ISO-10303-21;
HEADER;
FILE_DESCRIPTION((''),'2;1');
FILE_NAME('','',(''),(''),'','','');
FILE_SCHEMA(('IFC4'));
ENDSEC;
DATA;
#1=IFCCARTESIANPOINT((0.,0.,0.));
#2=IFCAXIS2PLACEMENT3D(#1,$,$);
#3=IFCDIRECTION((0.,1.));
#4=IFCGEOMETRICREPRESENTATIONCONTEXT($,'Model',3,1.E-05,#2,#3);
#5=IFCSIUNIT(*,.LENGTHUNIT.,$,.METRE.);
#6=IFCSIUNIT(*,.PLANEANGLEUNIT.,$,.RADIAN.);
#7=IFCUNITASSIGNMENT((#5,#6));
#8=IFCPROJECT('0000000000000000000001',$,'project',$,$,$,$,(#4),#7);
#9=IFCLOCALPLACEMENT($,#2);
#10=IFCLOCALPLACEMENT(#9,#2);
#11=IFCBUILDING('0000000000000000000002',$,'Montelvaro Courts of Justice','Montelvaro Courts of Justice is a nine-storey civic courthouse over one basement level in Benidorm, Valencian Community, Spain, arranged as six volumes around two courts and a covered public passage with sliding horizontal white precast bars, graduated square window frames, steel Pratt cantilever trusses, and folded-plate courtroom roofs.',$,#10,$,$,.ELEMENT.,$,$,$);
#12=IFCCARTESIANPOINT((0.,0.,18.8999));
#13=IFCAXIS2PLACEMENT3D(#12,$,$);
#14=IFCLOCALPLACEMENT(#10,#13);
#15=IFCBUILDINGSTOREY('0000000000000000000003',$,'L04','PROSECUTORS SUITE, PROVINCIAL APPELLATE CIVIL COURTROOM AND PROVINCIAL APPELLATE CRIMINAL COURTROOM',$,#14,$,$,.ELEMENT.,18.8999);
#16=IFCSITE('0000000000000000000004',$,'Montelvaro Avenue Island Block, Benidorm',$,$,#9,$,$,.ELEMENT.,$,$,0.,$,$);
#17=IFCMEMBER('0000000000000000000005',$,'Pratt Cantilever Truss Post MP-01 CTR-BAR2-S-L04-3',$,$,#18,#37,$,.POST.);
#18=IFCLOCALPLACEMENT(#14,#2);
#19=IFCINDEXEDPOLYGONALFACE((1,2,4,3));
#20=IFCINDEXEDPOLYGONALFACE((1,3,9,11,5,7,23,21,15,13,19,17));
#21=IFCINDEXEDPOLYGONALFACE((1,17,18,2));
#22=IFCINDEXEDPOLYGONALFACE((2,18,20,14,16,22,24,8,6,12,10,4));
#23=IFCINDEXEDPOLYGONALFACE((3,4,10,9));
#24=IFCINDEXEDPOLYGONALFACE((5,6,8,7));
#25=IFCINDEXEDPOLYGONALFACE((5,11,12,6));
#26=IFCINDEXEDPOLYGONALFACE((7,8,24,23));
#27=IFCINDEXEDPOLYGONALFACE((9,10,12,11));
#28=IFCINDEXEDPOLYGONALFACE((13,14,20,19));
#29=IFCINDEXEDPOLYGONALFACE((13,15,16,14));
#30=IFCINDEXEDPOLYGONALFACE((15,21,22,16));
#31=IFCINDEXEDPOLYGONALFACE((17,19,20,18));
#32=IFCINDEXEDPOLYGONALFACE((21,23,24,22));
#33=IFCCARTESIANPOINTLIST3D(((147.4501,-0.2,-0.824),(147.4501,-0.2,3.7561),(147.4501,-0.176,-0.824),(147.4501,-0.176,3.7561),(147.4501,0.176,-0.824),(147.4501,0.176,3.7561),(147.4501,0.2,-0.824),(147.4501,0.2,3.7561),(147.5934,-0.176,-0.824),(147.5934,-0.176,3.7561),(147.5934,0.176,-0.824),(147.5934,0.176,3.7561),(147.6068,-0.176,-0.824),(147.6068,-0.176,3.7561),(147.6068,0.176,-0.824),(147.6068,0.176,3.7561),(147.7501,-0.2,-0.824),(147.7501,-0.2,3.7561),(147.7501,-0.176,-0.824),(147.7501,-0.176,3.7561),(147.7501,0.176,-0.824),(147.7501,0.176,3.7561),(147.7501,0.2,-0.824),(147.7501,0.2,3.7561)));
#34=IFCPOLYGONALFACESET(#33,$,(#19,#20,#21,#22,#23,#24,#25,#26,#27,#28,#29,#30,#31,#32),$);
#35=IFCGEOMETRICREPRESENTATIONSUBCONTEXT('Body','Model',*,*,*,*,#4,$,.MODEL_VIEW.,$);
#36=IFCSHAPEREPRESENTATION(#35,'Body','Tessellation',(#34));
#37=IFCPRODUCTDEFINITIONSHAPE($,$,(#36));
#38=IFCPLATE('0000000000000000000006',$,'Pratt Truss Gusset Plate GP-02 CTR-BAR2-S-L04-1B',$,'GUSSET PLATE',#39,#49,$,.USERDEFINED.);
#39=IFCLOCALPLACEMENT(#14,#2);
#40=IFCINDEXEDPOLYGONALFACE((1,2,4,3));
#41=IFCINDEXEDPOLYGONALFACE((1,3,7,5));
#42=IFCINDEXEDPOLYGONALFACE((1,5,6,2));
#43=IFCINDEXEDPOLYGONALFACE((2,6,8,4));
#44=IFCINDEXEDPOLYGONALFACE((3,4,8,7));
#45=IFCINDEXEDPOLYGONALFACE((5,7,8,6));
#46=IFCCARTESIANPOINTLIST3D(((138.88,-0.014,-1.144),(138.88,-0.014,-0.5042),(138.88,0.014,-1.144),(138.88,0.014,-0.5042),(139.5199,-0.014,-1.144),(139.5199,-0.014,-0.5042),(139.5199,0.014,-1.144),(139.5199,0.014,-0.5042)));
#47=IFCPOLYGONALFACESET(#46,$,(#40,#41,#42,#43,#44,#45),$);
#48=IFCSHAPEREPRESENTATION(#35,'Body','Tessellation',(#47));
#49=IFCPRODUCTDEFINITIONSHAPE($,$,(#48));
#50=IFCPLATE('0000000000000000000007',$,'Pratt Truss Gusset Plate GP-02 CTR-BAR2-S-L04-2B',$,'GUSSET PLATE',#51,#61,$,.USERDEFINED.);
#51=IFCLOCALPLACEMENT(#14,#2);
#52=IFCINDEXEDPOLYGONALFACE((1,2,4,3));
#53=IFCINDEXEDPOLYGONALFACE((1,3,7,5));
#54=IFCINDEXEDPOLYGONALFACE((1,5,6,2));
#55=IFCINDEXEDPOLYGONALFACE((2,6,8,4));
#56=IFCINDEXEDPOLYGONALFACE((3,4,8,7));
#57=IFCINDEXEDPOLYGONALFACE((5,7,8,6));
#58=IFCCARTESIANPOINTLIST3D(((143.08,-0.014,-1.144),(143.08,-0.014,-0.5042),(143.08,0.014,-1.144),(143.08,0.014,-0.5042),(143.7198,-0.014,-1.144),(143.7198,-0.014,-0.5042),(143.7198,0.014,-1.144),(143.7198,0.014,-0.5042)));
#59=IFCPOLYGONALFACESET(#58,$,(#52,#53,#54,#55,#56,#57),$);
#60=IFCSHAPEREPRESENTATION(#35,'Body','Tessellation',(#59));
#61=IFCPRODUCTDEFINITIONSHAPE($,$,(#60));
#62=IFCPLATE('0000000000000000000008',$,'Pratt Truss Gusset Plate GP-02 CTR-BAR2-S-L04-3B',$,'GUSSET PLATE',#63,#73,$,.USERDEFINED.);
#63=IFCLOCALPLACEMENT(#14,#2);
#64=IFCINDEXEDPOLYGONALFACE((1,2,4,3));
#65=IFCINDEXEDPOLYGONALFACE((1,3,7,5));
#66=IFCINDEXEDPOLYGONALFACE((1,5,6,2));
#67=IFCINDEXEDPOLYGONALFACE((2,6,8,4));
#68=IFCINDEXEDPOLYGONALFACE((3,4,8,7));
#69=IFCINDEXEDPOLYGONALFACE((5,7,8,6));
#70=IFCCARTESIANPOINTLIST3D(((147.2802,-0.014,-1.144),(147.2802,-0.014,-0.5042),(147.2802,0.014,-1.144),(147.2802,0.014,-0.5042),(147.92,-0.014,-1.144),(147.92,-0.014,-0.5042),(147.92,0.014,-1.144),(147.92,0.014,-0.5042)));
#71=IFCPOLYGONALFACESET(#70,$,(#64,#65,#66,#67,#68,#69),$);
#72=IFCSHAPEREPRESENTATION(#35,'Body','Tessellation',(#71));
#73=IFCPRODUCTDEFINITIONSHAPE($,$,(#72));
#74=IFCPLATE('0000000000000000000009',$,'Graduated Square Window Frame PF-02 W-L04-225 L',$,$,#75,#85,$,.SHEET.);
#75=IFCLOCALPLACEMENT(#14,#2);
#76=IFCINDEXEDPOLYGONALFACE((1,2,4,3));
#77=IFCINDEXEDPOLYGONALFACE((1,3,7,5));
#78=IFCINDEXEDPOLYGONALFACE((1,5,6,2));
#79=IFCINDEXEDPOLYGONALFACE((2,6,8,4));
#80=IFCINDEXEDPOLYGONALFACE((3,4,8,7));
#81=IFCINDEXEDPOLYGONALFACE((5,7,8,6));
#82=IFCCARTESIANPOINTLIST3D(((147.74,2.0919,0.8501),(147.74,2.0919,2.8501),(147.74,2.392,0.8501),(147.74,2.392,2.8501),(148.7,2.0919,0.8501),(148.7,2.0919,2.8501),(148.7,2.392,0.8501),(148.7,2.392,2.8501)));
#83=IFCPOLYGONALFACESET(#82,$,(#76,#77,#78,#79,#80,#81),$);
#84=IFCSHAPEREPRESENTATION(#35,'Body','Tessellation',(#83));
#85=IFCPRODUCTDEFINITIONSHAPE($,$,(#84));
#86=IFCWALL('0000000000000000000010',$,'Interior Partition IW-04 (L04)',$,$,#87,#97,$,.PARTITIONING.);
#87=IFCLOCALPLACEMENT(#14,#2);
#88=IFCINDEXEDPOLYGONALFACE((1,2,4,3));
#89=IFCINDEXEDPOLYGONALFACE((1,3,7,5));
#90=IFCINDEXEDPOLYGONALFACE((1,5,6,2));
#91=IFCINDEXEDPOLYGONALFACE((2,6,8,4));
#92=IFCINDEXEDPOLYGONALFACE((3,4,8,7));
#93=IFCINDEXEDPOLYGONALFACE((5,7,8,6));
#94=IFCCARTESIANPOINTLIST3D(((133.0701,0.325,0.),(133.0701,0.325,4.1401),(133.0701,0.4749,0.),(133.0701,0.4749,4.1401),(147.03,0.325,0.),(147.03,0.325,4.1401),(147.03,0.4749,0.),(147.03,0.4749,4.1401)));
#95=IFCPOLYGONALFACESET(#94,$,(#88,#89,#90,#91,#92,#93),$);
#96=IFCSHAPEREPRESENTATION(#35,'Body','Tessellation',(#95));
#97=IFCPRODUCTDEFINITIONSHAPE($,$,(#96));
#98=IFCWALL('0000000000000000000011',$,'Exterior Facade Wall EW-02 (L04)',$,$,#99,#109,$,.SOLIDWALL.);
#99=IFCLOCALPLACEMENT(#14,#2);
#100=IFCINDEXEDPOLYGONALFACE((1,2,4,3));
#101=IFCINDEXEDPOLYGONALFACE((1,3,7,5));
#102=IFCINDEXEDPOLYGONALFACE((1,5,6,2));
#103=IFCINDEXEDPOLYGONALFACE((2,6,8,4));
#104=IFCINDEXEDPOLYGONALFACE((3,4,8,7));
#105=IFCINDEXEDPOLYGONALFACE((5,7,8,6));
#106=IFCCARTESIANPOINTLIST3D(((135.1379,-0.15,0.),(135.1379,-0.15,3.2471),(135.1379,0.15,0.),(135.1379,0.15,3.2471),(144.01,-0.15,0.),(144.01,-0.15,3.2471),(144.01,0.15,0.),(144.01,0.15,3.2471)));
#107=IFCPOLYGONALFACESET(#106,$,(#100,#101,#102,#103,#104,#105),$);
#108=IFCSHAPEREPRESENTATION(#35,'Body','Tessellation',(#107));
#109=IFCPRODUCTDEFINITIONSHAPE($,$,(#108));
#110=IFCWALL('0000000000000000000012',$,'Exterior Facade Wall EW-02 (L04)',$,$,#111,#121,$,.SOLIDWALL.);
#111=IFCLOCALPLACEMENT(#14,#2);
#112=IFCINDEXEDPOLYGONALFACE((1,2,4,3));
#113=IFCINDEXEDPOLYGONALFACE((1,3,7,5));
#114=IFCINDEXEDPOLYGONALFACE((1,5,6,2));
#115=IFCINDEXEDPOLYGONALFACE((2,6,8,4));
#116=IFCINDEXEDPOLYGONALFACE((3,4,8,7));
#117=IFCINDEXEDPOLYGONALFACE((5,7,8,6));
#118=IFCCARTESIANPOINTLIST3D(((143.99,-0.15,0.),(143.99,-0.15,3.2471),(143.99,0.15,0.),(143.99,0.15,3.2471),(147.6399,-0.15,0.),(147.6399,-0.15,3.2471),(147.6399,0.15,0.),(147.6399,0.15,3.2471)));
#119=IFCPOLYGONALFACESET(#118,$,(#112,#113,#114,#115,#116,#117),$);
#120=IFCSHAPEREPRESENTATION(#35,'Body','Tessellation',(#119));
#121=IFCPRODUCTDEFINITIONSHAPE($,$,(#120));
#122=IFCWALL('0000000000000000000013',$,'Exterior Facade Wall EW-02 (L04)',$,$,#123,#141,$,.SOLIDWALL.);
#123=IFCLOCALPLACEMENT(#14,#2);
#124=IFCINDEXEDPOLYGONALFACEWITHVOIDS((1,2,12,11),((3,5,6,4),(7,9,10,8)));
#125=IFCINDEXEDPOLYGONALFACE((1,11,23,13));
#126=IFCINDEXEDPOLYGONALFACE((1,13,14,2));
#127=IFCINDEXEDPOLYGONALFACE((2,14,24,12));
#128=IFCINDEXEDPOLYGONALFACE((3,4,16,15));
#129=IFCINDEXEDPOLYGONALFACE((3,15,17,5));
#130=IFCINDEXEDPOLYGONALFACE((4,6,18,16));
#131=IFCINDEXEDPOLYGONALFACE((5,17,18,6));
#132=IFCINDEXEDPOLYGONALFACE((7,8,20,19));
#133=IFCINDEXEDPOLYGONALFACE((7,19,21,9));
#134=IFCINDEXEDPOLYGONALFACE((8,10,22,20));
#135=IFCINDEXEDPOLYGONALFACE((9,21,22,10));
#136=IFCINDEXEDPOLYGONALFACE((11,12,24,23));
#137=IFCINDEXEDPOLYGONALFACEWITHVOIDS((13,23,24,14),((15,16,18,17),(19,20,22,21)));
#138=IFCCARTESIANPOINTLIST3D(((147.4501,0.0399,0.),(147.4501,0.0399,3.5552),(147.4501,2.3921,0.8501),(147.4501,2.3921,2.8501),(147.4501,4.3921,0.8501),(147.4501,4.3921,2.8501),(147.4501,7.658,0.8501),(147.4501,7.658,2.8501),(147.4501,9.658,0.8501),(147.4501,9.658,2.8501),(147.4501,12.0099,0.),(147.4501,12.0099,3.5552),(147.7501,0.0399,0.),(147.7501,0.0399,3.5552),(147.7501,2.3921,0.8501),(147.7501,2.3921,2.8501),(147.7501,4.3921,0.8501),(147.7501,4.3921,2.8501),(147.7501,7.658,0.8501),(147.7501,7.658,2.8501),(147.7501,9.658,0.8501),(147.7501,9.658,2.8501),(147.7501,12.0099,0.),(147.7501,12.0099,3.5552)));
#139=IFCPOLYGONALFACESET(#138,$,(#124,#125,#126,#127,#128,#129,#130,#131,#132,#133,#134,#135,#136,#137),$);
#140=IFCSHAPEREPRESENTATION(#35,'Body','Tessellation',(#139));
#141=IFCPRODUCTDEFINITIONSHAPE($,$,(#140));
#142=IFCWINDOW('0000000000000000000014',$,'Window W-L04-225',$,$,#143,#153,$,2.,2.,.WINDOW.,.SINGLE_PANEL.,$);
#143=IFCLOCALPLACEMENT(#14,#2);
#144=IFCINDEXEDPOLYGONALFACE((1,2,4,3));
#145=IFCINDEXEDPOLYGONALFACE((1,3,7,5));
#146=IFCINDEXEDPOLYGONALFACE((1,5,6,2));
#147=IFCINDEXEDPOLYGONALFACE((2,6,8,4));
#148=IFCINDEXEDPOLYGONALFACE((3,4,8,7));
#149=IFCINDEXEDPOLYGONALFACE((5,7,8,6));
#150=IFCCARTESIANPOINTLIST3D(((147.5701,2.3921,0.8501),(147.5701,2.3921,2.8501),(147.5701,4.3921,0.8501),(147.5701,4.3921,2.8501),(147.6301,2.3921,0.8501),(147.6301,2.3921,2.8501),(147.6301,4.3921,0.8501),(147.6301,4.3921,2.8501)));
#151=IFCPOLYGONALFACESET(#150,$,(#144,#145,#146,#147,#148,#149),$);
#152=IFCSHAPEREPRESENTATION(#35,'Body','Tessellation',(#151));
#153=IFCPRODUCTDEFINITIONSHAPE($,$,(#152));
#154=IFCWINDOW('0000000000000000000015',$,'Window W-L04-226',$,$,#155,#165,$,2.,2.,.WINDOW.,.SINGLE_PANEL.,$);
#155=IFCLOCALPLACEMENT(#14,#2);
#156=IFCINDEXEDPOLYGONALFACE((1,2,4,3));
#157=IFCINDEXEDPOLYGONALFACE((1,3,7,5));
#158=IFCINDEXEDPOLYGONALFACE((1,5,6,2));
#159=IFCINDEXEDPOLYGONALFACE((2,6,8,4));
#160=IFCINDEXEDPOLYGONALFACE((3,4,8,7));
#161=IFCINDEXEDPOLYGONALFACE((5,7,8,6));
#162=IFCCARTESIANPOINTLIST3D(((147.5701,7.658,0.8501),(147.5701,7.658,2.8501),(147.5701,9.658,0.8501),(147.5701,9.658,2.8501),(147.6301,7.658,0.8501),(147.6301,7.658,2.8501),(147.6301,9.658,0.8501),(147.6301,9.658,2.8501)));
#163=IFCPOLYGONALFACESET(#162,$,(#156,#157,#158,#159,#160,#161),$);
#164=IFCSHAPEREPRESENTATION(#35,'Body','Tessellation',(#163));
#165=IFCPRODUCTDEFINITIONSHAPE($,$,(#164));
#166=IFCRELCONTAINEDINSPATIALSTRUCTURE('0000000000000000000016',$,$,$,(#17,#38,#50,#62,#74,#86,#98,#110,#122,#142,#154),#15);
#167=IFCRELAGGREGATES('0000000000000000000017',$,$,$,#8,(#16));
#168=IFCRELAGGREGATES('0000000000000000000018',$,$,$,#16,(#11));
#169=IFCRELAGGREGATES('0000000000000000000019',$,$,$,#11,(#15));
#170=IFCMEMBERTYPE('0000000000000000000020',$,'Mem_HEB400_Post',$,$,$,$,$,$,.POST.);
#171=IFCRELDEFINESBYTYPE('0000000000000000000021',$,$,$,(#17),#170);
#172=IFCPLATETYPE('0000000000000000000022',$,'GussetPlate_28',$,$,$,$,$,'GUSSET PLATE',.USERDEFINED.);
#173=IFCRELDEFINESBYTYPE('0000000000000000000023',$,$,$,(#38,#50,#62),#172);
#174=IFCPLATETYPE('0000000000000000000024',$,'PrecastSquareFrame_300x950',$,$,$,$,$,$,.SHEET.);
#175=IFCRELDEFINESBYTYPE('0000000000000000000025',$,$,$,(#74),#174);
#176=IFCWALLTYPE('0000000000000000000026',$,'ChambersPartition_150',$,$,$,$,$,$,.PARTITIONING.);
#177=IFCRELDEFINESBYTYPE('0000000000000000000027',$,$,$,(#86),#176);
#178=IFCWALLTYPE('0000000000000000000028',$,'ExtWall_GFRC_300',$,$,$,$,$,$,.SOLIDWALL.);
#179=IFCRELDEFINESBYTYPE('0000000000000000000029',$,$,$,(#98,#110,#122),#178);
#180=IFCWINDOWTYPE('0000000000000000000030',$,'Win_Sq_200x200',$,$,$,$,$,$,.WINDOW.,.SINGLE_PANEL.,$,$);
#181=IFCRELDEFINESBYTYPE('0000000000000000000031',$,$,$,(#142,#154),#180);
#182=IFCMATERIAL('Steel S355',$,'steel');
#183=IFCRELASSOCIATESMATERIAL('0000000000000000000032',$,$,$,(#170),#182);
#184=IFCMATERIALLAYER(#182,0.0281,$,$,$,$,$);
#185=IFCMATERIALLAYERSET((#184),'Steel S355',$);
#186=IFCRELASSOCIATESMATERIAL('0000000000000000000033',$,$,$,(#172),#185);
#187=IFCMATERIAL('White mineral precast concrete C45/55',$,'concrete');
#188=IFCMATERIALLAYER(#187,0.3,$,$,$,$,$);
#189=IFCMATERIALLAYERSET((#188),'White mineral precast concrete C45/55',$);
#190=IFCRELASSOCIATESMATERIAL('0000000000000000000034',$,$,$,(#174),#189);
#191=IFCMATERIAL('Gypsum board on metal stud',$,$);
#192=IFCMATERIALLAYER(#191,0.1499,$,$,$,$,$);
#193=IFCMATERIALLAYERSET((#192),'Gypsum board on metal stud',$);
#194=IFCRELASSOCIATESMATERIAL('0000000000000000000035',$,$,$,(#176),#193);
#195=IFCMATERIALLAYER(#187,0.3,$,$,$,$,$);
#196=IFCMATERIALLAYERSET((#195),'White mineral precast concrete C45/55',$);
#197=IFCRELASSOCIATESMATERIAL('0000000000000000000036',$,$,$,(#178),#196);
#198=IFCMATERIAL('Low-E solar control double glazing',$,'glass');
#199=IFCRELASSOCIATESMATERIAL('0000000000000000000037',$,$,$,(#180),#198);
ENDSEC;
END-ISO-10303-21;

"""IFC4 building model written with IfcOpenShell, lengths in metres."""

from ifc_helpers import new_model, si_unit, direction, frame, frame_2d, origin, origin_2d, place, context, subcontext, project, spatial, rectangle, i_section, extrude, material, layer, layer_set, material_profile, profile_set, type_object, element, fill, save


model = new_model("IFC4")

# Units and contexts
model_context = context("Model", 3, precision=1e-05, world=origin(), true_north=direction((0.0, 1.0)))
body_context = subcontext(model_context, "Body", "Model", "MODEL_VIEW")
ifc_project = project(units=[si_unit("LENGTHUNIT", "METRE"), si_unit("PLANEANGLEUNIT", "RADIAN")], contexts=[model_context])

# Site, building, storey
site_placement = place(None, origin())
site = spatial("IfcSite", under=ifc_project, at=site_placement, Name="Montelvaro Avenue Island Block, Benidorm", CompositionType="ELEMENT", RefElevation=0.0)
building_placement = place(site_placement, origin())
building = spatial("IfcBuilding", under=site, at=building_placement, Name="Montelvaro Courts of Justice", Description="Montelvaro Courts of Justice is a nine-storey civic courthouse over one basement level in Benidorm, Valencian Community, Spain, arranged as six volumes around two courts and a covered public passage with sliding horizontal white precast bars, graduated square window frames, steel Pratt cantilever trusses, and folded-plate courtroom roofs.", CompositionType="ELEMENT")
storey_placement = place(building_placement, frame((0.0, 0.0, 18.8999)))
storey = spatial("IfcBuildingStorey", under=building, at=storey_placement, Name="L04", Description="PROSECUTORS SUITE, PROVINCIAL APPELLATE CIVIL COURTROOM AND PROVINCIAL APPELLATE CRIMINAL COURTROOM", CompositionType="ELEMENT", Elevation=18.8999)

# Shared definitions
ifc_material_1 = material(Name="Steel S355", Category="steel")

# Member
ifc_material_profile_1 = material_profile(ifc_material_1, i_section(OverallWidth=0.3, OverallDepth=0.3999, WebThickness=0.0134, FlangeThickness=0.0239, at=origin_2d()), Name="HEB 400")
ifc_profile_set_1 = profile_set([ifc_material_profile_1], Name="Steel S355")
member_type_1 = type_object("IfcMemberType", Name="Mem_HEB400_Post", PredefinedType="POST", material=ifc_profile_set_1)
for number, where, z_axis, x_axis, name in (
    (1, (147.6001, 0.0, -0.824), (0.0, 0.0, 1.0), (1.0, 0.0, 0.0), "Pratt Cantilever Truss Post MP-01 CTR-BAR2-S-L04-3"),
):
    element("IfcMember", number, at=place(storey_placement, frame(where, z_axis=z_axis, x_axis=x_axis)), inside=storey, type_object=member_type_1, Name=name, PredefinedType="POST", context=body_context, shape_type="SweptSolid", body=[
        extrude(i_section(OverallWidth=0.3, OverallDepth=0.3999, WebThickness=0.0134, FlangeThickness=0.0239, at=origin_2d()), origin(), (0.0, 0.0, 1.0), 4.5801),
    ])

# Plates
ifc_layer_1 = layer(ifc_material_1, 0.0281)
ifc_layer_set_1 = layer_set([ifc_layer_1], Name="Steel S355")
plate_type_1 = type_object("IfcPlateType", Name="GussetPlate_28", ElementType="GUSSET PLATE", PredefinedType="USERDEFINED", material=ifc_layer_set_1)
for number, where, z_axis, x_axis, name in (
    (2, (139.2, 0.0, -1.144), (0.0, 0.0, 1.0), (1.0, 0.0, 0.0), "Pratt Truss Gusset Plate GP-02 CTR-BAR2-S-L04-1B"),
    (3, (143.3999, 0.0, -1.144), (0.0, 0.0, 1.0), (1.0, 0.0, 0.0), "Pratt Truss Gusset Plate GP-02 CTR-BAR2-S-L04-2B"),
    (4, (147.6001, 0.0, -1.144), (0.0, 0.0, 1.0), (1.0, 0.0, 0.0), "Pratt Truss Gusset Plate GP-02 CTR-BAR2-S-L04-3B"),
):
    element("IfcPlate", number, at=place(storey_placement, frame(where, z_axis=z_axis, x_axis=x_axis)), inside=storey, type_object=plate_type_1, Name=name, ObjectType="GUSSET PLATE", PredefinedType="USERDEFINED", context=body_context, shape_type="SweptSolid", body=[
        extrude(rectangle(XDim=0.6399, YDim=0.0281, at=origin_2d()), origin(), (0.0, 0.0, 1.0), 0.6399),
    ])
ifc_material_2 = material(Name="White mineral precast concrete C45/55", Category="concrete")
ifc_layer_2 = layer(ifc_material_2, 0.3)
ifc_layer_set_2 = layer_set([ifc_layer_2], Name="White mineral precast concrete C45/55")
plate_type_2 = type_object("IfcPlateType", Name="PrecastSquareFrame_300x950", PredefinedType="SHEET", material=ifc_layer_set_2)
plate_placement = place(storey_placement, frame((148.22, 2.2419, 0.8501), z_axis=(0.0, 0.0, 1.0), x_axis=(0.0, 1.0, 0.0)))
element("IfcPlate", 5, at=plate_placement, inside=storey, type_object=plate_type_2, Name="Graduated Square Window Frame PF-02 W-L04-225 L", PredefinedType="SHEET", context=body_context, shape_type="SweptSolid", body=[
    extrude(rectangle(XDim=0.3, YDim=0.96, at=origin_2d()), origin(), (0.0, 0.0, 1.0), 2.0),
])

# Walls
ifc_material_3 = material(Name="Gypsum board on metal stud")
ifc_layer_3 = layer(ifc_material_3, 0.1499)
ifc_layer_set_3 = layer_set([ifc_layer_3], Name="Gypsum board on metal stud")
wall_type_1 = type_object("IfcWallType", Name="ChambersPartition_150", PredefinedType="PARTITIONING", material=ifc_layer_set_3)
wall_1_placement = place(storey_placement, frame((147.03, 0.3999, 0.0), z_axis=(0.0, 0.0, 1.0), x_axis=(-1.0, 0.0, 0.0)))
element("IfcWall", 6, at=wall_1_placement, inside=storey, type_object=wall_type_1, Name="Interior Partition IW-04 (L04)", PredefinedType="PARTITIONING", context=body_context, shape_type="SweptSolid", body=[
    extrude(rectangle(XDim=13.96, YDim=0.1499, at=frame_2d((6.98, 0.0))), origin(), (0.0, 0.0, 1.0), 4.1401),
])
ifc_layer_4 = layer(ifc_material_2, 0.3)
ifc_layer_set_4 = layer_set([ifc_layer_4], Name="White mineral precast concrete C45/55")
wall_type_2 = type_object("IfcWallType", Name="ExtWall_GFRC_300", PredefinedType="SOLIDWALL", material=ifc_layer_set_4)
wall_2_placement = place(storey_placement, frame((135.1379, 0.0, 0.0), z_axis=(0.0, 0.0, 1.0), x_axis=(1.0, 0.0, 0.0)))
element("IfcWall", 7, at=wall_2_placement, inside=storey, type_object=wall_type_2, Name="Exterior Facade Wall EW-02 (L04)", PredefinedType="SOLIDWALL", context=body_context, shape_type="SweptSolid", body=[
    extrude(rectangle(XDim=8.8721, YDim=0.3, at=frame_2d((4.436, 0.0))), origin(), (0.0, 0.0, 1.0), 3.2471),
])
wall_3_placement = place(storey_placement, frame((143.99, 0.0, 0.0), z_axis=(0.0, 0.0, 1.0), x_axis=(1.0, 0.0, 0.0)))
element("IfcWall", 8, at=wall_3_placement, inside=storey, type_object=wall_type_2, Name="Exterior Facade Wall EW-02 (L04)", PredefinedType="SOLIDWALL", context=body_context, shape_type="SweptSolid", body=[
    extrude(rectangle(XDim=3.6499, YDim=0.3, at=frame_2d((1.825, 0.0))), origin(), (0.0, 0.0, 1.0), 3.2471),
])

# Wall, openings, windows
wall_4_placement = place(storey_placement, frame((147.6001, 0.04, 0.0), z_axis=(0.0, 0.0, 1.0), x_axis=(0.0, 1.0, 0.0)))
wall_4 = element("IfcWall", 9, at=wall_4_placement, inside=storey, type_object=wall_type_2, Name="Exterior Facade Wall EW-02 (L04)", PredefinedType="SOLIDWALL", context=body_context, shape_type="SweptSolid", body=[
    extrude(rectangle(XDim=11.97, YDim=0.3, at=frame_2d((5.9849, 0.0))), origin(), (0.0, 0.0, 1.0), 3.5552),
])
opening_1_placement = place(wall_4_placement, frame((2.3521, 0.0, 0.8501)))
opening_1 = element("IfcOpeningElement", 10, at=opening_1_placement, cuts=wall_4, PredefinedType="OPENING", context=body_context, shape_type="SweptSolid", body=[
    extrude(rectangle(XDim=2.0, YDim=2.0, at=frame_2d((1.0, 1.0))), frame((0.0, 0.165, 0.0), z_axis=(0.0, -1.0, 0.0), x_axis=(1.0, 0.0, 0.0)), (0.0, 0.0, 1.0), 0.3298),
])
opening_2_placement = place(wall_4_placement, frame((7.6179, 0.0, 0.8501)))
opening_2 = element("IfcOpeningElement", 11, at=opening_2_placement, cuts=wall_4, PredefinedType="OPENING", context=body_context, shape_type="SweptSolid", body=[
    extrude(rectangle(XDim=2.0, YDim=2.0, at=frame_2d((1.0, 1.0))), frame((0.0, 0.165, 0.0), z_axis=(0.0, -1.0, 0.0), x_axis=(1.0, 0.0, 0.0)), (0.0, 0.0, 1.0), 0.3298),
])
ifc_material_4 = material(Name="Low-E solar control double glazing", Category="glass")
window_type = type_object("IfcWindowType", Name="Win_Sq_200x200", PartitioningType="SINGLE_PANEL", PredefinedType="WINDOW", material=ifc_material_4)
window_1_placement = place(opening_1_placement, origin())
window_1 = element("IfcWindow", 12, at=window_1_placement, inside=storey, type_object=window_type, Name="Window W-L04-225", OverallHeight=2.0, OverallWidth=2.0, PartitioningType="SINGLE_PANEL", PredefinedType="WINDOW", context=body_context, shape_type="SweptSolid", body=[
    extrude(rectangle(XDim=2.0, YDim=2.0, at=frame_2d((1.0, 1.0))), frame((0.0, 0.03, 0.0), z_axis=(0.0, -1.0, 0.0), x_axis=(1.0, 0.0, 0.0)), (0.0, 0.0, 1.0), 0.0601),
])
fill(opening_1, window_1)
window_2_placement = place(opening_2_placement, origin())
window_2 = element("IfcWindow", 13, at=window_2_placement, inside=storey, type_object=window_type, Name="Window W-L04-226", OverallHeight=2.0, OverallWidth=2.0, PartitioningType="SINGLE_PANEL", PredefinedType="WINDOW", context=body_context, shape_type="SweptSolid", body=[
    extrude(rectangle(XDim=2.0, YDim=2.0, at=frame_2d((1.0, 1.0))), frame((0.0, 0.03, 0.0), z_axis=(0.0, -1.0, 0.0), x_axis=(1.0, 0.0, 0.0)), (0.0, 0.0, 1.0), 0.0601),
])
fill(opening_2, window_2)

save(model, "model.ifc")
